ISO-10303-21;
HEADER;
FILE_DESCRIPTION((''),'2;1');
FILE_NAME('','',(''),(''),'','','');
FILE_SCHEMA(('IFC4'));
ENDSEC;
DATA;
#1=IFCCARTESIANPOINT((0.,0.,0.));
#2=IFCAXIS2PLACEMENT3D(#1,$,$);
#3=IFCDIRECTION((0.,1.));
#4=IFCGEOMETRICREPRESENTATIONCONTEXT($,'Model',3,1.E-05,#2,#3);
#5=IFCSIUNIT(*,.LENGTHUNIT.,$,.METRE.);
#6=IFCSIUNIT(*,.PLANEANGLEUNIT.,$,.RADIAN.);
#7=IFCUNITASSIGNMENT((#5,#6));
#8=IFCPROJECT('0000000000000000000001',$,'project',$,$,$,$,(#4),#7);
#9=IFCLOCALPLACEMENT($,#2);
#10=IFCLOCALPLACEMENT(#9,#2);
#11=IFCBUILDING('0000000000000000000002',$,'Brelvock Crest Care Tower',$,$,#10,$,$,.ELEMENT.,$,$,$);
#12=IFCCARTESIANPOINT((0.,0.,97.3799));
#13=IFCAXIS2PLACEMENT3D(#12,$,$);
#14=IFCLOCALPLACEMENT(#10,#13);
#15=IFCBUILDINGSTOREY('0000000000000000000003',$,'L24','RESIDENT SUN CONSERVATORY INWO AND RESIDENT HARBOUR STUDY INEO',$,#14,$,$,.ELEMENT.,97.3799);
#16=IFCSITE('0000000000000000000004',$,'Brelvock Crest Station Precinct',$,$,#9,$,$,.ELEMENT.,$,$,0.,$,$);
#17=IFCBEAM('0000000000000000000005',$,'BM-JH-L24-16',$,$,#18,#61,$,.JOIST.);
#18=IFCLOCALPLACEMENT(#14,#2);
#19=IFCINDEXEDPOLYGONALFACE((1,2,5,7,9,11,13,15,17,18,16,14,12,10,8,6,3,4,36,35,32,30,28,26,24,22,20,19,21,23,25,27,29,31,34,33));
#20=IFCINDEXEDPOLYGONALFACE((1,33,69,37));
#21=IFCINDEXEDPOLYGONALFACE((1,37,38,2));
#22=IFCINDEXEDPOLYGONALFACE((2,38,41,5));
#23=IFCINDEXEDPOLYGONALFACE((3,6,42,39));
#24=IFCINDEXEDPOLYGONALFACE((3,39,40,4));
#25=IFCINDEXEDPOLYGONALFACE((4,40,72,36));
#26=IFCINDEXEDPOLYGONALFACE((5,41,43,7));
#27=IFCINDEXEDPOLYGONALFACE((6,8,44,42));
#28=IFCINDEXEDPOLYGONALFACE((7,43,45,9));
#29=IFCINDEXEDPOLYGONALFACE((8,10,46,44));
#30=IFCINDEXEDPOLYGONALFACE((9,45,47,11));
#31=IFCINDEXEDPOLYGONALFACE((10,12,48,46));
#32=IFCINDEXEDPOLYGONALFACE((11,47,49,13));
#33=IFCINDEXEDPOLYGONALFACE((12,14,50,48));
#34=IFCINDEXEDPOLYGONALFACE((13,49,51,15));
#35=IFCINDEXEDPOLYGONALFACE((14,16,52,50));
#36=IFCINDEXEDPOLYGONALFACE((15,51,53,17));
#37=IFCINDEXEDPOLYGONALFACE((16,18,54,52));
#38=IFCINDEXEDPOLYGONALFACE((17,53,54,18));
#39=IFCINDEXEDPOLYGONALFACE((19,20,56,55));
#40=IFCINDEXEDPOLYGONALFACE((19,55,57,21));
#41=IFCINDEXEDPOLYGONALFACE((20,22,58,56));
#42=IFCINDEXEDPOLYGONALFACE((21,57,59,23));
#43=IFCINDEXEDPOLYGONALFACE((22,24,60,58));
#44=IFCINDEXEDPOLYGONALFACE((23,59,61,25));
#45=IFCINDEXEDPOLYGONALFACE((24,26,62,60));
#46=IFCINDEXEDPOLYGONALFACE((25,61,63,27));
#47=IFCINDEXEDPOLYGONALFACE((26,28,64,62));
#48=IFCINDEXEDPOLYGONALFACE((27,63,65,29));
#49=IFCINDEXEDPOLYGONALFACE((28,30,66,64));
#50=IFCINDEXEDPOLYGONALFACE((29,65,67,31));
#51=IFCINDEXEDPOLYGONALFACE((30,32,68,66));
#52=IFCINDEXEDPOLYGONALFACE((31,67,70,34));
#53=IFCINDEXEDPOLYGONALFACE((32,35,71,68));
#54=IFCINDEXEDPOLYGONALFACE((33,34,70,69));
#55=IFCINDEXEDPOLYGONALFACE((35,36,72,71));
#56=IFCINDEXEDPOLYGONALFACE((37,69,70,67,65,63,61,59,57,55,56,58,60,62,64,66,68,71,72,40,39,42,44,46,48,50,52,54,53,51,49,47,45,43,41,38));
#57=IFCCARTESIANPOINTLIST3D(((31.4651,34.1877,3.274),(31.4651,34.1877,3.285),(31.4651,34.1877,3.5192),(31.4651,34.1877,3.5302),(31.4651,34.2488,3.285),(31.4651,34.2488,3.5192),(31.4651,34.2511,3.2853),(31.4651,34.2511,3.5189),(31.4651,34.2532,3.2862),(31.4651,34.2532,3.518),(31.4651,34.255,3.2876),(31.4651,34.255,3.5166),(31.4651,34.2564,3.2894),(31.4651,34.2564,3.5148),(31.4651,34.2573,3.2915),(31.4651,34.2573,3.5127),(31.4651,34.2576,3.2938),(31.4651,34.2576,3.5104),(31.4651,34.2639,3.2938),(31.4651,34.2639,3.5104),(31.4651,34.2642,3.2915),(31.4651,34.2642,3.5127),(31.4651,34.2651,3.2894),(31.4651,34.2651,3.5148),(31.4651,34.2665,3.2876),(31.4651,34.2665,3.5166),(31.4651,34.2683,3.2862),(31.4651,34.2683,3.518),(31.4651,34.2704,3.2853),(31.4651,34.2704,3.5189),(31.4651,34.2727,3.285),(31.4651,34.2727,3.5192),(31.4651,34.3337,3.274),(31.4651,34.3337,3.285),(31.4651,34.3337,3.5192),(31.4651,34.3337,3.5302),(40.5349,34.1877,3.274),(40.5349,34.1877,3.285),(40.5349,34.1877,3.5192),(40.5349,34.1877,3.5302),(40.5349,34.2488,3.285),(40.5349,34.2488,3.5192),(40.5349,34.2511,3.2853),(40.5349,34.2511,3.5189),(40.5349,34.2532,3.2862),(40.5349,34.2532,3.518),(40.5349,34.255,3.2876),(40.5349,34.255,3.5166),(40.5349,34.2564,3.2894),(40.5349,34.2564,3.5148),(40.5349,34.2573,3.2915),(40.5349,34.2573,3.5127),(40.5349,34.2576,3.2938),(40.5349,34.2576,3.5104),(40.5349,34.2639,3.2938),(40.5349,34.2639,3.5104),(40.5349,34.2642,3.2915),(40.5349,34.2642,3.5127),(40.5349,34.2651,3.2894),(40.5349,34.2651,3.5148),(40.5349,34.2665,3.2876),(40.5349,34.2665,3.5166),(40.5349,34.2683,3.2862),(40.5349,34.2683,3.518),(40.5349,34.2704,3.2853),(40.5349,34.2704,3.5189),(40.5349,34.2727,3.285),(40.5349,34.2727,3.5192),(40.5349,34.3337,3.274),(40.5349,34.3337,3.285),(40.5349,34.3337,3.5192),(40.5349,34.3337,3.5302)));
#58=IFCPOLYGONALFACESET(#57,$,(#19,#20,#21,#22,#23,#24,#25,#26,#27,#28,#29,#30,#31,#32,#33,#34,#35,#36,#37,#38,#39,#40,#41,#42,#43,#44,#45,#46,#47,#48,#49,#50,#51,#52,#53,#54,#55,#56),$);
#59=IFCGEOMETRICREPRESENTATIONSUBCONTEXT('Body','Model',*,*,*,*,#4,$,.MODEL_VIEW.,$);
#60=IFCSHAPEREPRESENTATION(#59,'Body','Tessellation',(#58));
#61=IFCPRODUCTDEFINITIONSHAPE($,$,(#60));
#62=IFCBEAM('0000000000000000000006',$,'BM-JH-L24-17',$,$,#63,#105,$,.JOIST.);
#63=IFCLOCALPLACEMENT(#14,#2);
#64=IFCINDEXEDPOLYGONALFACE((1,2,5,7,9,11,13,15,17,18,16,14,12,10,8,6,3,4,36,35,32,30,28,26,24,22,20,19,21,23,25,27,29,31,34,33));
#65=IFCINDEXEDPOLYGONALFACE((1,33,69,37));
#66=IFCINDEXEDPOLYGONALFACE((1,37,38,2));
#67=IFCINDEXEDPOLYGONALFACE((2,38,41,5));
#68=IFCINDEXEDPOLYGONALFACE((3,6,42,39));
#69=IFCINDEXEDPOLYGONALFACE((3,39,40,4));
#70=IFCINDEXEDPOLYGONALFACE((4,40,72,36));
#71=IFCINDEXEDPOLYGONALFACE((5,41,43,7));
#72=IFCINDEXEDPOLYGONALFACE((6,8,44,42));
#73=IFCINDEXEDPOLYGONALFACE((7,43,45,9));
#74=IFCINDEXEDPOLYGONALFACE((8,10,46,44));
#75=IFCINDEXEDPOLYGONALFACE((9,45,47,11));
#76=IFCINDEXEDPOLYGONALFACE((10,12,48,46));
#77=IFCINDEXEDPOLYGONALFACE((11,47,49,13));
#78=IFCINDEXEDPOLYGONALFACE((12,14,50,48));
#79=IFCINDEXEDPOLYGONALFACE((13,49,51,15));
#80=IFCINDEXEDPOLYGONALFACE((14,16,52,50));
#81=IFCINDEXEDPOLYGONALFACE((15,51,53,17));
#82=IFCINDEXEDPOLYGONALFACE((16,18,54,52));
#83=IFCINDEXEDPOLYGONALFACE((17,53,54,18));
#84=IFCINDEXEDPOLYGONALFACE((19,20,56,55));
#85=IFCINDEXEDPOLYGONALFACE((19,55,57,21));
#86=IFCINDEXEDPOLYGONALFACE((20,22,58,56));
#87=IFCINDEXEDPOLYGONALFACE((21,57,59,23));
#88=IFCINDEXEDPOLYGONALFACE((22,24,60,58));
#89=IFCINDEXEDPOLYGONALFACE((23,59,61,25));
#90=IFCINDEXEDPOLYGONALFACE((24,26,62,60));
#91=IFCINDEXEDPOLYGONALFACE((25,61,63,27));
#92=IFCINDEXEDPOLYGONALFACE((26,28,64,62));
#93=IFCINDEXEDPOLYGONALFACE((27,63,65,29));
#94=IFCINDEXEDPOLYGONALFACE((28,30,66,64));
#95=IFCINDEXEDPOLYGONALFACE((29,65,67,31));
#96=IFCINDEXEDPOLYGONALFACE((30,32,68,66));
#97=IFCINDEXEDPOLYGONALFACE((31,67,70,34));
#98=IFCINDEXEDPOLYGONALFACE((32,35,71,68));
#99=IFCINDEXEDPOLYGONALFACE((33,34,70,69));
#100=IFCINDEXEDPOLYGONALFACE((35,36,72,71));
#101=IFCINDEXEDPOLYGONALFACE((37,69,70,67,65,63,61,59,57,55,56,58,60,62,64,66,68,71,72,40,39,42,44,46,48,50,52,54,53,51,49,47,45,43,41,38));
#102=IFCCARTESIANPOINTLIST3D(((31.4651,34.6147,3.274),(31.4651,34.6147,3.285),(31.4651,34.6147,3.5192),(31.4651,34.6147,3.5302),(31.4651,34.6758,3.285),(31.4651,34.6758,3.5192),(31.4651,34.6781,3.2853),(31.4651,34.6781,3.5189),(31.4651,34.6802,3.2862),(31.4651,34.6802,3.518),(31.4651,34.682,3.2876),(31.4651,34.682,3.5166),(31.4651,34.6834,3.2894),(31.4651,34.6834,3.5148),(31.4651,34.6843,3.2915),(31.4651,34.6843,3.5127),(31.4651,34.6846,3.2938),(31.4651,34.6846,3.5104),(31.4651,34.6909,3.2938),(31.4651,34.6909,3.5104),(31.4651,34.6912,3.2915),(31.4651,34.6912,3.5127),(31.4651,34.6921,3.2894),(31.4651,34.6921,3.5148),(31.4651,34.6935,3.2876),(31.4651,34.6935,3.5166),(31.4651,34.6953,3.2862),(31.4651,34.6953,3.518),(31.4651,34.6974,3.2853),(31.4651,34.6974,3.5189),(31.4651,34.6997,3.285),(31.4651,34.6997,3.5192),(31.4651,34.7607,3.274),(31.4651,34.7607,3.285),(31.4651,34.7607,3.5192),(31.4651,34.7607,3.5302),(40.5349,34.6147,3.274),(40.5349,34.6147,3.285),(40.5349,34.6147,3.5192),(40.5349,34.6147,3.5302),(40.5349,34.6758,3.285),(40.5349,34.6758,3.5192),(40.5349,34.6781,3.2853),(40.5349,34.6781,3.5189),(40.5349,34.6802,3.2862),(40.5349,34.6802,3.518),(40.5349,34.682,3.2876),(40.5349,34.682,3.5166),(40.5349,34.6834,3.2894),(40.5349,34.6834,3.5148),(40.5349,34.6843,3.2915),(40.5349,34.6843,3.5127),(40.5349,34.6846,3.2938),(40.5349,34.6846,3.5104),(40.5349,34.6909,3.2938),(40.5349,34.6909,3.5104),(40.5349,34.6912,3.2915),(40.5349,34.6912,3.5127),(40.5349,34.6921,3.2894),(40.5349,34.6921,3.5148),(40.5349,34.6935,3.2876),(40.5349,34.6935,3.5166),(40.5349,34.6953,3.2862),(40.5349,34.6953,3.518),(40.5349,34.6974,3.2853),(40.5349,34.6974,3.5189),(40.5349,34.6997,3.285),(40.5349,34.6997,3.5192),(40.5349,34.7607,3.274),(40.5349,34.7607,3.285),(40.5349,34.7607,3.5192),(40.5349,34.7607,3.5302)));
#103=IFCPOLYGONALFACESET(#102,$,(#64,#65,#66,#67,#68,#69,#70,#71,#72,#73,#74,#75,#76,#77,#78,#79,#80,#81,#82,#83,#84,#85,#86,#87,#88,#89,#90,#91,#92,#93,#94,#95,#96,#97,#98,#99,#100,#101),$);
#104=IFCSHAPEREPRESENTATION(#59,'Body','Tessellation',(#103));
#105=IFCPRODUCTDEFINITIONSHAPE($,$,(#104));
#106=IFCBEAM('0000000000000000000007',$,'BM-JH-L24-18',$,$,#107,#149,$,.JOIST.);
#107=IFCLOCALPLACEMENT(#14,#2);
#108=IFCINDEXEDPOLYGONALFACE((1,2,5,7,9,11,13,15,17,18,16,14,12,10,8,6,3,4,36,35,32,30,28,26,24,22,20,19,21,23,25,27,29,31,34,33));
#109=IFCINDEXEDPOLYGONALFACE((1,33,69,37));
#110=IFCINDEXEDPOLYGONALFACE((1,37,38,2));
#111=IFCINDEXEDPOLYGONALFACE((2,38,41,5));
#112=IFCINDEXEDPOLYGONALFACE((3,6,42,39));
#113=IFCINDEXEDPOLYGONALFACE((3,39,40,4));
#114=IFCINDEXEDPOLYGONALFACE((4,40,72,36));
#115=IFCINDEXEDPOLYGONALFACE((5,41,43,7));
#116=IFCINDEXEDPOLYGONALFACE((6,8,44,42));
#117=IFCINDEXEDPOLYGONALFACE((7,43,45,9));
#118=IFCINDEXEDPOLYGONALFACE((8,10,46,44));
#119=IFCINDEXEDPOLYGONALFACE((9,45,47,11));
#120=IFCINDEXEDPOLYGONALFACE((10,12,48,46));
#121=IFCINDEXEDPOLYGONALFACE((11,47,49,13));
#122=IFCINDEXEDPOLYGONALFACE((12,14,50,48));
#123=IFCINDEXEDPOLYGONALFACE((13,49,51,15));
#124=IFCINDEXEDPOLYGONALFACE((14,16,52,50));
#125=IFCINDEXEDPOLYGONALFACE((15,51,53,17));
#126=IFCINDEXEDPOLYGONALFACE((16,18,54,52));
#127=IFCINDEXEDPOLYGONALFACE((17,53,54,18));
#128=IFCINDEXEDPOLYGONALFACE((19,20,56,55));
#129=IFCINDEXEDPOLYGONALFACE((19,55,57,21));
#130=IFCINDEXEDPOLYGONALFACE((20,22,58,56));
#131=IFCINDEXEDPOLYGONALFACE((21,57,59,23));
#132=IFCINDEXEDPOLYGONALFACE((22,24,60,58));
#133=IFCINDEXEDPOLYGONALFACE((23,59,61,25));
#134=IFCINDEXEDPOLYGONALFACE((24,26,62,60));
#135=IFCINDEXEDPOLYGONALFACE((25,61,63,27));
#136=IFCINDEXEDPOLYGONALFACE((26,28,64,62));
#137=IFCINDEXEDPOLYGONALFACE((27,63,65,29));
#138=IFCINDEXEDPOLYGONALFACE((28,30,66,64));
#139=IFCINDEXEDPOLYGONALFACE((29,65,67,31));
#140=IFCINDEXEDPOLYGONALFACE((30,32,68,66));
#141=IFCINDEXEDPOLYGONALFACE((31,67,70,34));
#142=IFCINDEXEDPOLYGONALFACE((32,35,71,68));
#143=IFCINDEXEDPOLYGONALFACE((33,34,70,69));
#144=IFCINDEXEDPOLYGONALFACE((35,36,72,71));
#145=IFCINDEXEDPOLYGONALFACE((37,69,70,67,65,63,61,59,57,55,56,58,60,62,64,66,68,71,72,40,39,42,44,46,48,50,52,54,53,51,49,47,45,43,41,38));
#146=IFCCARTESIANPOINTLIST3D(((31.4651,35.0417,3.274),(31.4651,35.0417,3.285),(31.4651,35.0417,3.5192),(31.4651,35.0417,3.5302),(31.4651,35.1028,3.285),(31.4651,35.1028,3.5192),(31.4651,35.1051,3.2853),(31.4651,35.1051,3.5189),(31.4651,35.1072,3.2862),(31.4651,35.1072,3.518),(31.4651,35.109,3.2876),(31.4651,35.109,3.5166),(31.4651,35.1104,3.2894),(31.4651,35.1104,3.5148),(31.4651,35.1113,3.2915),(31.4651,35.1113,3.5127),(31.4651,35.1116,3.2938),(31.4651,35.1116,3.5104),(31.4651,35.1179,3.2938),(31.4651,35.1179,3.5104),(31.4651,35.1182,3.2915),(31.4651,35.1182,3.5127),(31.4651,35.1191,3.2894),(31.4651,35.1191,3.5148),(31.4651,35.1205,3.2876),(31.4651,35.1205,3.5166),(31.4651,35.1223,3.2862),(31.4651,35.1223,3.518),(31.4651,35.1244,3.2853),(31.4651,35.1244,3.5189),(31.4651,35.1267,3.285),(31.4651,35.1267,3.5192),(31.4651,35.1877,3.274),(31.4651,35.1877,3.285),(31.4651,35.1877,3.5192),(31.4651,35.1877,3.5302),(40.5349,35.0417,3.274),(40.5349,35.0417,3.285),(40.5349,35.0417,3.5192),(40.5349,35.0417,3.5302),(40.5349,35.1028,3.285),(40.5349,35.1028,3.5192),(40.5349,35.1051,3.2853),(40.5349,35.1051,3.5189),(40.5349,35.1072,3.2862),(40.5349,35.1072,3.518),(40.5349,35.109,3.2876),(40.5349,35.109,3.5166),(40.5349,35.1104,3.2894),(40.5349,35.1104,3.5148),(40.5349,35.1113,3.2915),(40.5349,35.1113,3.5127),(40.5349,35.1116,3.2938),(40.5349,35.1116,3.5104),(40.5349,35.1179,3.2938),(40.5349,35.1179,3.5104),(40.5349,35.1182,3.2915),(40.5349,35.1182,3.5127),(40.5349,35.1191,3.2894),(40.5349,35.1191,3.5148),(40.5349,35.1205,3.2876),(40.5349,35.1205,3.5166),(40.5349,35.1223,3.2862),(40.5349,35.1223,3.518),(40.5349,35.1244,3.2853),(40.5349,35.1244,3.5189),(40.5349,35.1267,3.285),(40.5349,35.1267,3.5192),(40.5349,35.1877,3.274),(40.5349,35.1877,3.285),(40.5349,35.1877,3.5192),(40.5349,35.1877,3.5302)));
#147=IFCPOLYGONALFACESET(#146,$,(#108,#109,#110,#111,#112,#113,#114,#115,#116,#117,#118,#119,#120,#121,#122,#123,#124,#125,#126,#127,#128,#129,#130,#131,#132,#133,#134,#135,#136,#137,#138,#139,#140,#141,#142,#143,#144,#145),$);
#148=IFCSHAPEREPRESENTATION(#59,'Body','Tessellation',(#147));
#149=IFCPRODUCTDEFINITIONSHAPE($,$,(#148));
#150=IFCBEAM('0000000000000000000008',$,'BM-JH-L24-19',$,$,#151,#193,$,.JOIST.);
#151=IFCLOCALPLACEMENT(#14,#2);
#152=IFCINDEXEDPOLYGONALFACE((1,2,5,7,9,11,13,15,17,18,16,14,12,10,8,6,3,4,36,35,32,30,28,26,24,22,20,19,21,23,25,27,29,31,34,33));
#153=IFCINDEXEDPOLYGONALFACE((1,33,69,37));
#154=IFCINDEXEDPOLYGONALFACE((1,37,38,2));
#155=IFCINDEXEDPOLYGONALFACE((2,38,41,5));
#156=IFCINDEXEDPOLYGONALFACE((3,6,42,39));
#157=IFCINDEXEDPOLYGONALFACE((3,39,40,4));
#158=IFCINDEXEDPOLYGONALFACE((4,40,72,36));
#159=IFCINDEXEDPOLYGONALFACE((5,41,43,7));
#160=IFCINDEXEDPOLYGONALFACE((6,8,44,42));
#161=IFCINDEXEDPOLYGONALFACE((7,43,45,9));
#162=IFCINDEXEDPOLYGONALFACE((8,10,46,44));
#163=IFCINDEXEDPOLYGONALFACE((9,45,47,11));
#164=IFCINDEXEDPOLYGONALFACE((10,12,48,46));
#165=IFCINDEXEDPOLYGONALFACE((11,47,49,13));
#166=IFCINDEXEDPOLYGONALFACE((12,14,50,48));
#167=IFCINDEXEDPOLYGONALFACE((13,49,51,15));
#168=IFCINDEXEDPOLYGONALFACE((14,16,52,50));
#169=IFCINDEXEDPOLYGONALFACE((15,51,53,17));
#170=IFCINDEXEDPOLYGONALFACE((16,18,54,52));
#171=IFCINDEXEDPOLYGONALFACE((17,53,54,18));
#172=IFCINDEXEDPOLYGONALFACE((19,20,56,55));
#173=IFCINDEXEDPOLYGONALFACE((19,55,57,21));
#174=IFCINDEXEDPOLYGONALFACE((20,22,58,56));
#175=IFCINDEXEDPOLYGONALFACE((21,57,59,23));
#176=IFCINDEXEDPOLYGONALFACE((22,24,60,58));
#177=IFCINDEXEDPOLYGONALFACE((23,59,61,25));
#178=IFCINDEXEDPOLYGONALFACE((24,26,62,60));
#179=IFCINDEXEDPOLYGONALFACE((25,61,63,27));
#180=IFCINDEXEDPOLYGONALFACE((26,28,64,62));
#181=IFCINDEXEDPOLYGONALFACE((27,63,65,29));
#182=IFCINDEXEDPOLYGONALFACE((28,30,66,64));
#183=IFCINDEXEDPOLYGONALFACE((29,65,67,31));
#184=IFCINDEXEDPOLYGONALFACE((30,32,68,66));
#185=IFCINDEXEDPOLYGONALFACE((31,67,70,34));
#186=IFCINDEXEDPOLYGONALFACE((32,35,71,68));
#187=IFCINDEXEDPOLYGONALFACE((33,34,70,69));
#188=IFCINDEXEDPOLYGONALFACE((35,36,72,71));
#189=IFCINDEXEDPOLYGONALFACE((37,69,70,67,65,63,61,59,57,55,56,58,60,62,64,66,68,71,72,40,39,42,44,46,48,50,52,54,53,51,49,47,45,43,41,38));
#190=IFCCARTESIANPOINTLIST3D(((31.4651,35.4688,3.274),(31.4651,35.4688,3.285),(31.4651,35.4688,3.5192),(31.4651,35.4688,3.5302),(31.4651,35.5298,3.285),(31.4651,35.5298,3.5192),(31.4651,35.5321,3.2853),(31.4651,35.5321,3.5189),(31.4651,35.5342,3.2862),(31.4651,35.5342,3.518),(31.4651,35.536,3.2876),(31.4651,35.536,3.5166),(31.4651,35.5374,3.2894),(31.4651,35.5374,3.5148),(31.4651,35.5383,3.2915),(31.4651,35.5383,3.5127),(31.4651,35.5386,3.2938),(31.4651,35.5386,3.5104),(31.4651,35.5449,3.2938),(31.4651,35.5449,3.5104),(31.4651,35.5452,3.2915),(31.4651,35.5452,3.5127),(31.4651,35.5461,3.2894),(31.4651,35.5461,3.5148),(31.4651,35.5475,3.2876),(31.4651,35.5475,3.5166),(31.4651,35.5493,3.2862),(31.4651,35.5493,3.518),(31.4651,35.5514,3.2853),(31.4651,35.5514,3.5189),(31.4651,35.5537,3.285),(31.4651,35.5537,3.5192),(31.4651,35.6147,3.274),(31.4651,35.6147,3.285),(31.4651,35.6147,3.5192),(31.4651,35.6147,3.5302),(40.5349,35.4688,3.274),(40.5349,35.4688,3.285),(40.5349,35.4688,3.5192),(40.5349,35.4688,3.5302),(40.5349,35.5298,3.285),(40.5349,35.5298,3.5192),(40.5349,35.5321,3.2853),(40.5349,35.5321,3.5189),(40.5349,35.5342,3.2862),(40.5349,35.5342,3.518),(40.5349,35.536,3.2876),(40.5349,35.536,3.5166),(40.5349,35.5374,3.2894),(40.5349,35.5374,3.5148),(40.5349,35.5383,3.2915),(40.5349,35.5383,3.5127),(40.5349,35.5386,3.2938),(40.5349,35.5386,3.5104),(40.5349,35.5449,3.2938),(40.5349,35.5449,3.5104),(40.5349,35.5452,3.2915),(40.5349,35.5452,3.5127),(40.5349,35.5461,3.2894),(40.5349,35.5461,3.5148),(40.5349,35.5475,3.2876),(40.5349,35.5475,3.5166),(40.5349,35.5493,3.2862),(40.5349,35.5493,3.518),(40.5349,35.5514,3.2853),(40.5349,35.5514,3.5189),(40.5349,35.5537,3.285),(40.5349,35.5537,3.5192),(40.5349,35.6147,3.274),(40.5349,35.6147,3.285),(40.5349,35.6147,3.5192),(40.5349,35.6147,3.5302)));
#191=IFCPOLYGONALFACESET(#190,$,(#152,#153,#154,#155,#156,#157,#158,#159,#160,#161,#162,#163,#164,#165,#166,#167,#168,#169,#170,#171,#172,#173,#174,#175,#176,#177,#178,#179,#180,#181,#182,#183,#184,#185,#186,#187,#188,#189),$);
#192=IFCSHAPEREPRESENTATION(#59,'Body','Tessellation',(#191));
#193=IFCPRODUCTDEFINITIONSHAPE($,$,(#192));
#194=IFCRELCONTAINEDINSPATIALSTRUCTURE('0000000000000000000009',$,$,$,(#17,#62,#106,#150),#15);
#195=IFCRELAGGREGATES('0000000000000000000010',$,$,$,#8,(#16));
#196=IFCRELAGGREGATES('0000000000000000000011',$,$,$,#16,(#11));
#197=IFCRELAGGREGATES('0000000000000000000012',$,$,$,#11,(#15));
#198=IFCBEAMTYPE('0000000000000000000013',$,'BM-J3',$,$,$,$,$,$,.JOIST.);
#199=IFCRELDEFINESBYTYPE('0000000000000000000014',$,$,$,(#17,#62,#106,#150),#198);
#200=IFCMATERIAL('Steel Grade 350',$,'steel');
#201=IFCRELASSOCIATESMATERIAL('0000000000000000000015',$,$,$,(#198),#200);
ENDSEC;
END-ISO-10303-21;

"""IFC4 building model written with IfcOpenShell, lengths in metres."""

from ifc_helpers import new_model, si_unit, direction, frame, origin, origin_2d, place, context, subcontext, project, spatial, i_section, extrude, source, transform, mapped, material, material_profile, profile_set, type_object, element, save


model = new_model("IFC4")

# Units and contexts
model_context = context("Model", 3, precision=1e-05, world=origin(), true_north=direction((0.0, 1.0)))
body_context = subcontext(model_context, "Body", "Model", "MODEL_VIEW")
ifc_project = project(units=[si_unit("LENGTHUNIT", "METRE"), si_unit("PLANEANGLEUNIT", "RADIAN")], contexts=[model_context])

# Site, building, storey
site_placement = place(None, origin())
site = spatial("IfcSite", under=ifc_project, at=site_placement, Name="Brelvock Crest Station Precinct", CompositionType="ELEMENT", RefElevation=0.0)
building_placement = place(site_placement, origin())
building = spatial("IfcBuilding", under=site, at=building_placement, Name="Brelvock Crest Care Tower", CompositionType="ELEMENT")
storey_placement = place(building_placement, frame((0.0, 0.0, 97.3799)))
storey = spatial("IfcBuildingStorey", under=building, at=storey_placement, Name="L24", Description="RESIDENT SUN CONSERVATORY INWO AND RESIDENT HARBOUR STUDY INEO", CompositionType="ELEMENT", Elevation=97.3799)

# Beams
ifc_material_1 = material(Name="Steel Grade 350", Category="steel")
ifc_material_profile_1 = material_profile(ifc_material_1, i_section(OverallWidth=0.146, OverallDepth=0.2561, WebThickness=0.0063, FlangeThickness=0.011, FilletRadius=0.0088, at=origin_2d()), Name="250UB37.3")
ifc_profile_set_1 = profile_set([ifc_material_profile_1], Name="Steel Grade 350")
beam_type_1 = type_object("IfcBeamType", Name="BM-J3", PredefinedType="JOIST", material=ifc_profile_set_1)
shared_shape_1 = source(origin(), body_context, "Body", "SweptSolid", [
    extrude(i_section(OverallWidth=0.146, OverallDepth=0.2561, WebThickness=0.0063, FlangeThickness=0.011, FilletRadius=0.0088, at=origin_2d()), origin(), (0.0, 0.0, 1.0), 9.0698),
])
for number, where, z_axis, x_axis, name in (
    (1, (31.4651, 34.2607, 3.4021), (1.0, 0.0, 0.0), (0.0, 1.0, 0.0), "BM-JH-L24-16"),
    (2, (31.4651, 34.6877, 3.4021), (1.0, 0.0, 0.0), (0.0, 1.0, 0.0), "BM-JH-L24-17"),
    (3, (31.4651, 35.1147, 3.4021), (1.0, 0.0, 0.0), (0.0, 1.0, 0.0), "BM-JH-L24-18"),
    (4, (31.4651, 35.5417, 3.4021), (1.0, 0.0, 0.0), (0.0, 1.0, 0.0), "BM-JH-L24-19"),
):
    element("IfcBeam", number, at=place(storey_placement, frame(where, z_axis=z_axis, x_axis=x_axis)), inside=storey, type_object=beam_type_1, Name=name, PredefinedType="JOIST", context=body_context, shape_type="MappedRepresentation", body=[
        mapped(shared_shape_1, transform((0.0, 0.0, 0.0), x_axis=(1.0, 0.0, 0.0), y_axis=(0.0, 1.0, 0.0), z_axis=(0.0, 0.0, 1.0), scale=1.0)),
    ])

save(model, "model.ifc")
